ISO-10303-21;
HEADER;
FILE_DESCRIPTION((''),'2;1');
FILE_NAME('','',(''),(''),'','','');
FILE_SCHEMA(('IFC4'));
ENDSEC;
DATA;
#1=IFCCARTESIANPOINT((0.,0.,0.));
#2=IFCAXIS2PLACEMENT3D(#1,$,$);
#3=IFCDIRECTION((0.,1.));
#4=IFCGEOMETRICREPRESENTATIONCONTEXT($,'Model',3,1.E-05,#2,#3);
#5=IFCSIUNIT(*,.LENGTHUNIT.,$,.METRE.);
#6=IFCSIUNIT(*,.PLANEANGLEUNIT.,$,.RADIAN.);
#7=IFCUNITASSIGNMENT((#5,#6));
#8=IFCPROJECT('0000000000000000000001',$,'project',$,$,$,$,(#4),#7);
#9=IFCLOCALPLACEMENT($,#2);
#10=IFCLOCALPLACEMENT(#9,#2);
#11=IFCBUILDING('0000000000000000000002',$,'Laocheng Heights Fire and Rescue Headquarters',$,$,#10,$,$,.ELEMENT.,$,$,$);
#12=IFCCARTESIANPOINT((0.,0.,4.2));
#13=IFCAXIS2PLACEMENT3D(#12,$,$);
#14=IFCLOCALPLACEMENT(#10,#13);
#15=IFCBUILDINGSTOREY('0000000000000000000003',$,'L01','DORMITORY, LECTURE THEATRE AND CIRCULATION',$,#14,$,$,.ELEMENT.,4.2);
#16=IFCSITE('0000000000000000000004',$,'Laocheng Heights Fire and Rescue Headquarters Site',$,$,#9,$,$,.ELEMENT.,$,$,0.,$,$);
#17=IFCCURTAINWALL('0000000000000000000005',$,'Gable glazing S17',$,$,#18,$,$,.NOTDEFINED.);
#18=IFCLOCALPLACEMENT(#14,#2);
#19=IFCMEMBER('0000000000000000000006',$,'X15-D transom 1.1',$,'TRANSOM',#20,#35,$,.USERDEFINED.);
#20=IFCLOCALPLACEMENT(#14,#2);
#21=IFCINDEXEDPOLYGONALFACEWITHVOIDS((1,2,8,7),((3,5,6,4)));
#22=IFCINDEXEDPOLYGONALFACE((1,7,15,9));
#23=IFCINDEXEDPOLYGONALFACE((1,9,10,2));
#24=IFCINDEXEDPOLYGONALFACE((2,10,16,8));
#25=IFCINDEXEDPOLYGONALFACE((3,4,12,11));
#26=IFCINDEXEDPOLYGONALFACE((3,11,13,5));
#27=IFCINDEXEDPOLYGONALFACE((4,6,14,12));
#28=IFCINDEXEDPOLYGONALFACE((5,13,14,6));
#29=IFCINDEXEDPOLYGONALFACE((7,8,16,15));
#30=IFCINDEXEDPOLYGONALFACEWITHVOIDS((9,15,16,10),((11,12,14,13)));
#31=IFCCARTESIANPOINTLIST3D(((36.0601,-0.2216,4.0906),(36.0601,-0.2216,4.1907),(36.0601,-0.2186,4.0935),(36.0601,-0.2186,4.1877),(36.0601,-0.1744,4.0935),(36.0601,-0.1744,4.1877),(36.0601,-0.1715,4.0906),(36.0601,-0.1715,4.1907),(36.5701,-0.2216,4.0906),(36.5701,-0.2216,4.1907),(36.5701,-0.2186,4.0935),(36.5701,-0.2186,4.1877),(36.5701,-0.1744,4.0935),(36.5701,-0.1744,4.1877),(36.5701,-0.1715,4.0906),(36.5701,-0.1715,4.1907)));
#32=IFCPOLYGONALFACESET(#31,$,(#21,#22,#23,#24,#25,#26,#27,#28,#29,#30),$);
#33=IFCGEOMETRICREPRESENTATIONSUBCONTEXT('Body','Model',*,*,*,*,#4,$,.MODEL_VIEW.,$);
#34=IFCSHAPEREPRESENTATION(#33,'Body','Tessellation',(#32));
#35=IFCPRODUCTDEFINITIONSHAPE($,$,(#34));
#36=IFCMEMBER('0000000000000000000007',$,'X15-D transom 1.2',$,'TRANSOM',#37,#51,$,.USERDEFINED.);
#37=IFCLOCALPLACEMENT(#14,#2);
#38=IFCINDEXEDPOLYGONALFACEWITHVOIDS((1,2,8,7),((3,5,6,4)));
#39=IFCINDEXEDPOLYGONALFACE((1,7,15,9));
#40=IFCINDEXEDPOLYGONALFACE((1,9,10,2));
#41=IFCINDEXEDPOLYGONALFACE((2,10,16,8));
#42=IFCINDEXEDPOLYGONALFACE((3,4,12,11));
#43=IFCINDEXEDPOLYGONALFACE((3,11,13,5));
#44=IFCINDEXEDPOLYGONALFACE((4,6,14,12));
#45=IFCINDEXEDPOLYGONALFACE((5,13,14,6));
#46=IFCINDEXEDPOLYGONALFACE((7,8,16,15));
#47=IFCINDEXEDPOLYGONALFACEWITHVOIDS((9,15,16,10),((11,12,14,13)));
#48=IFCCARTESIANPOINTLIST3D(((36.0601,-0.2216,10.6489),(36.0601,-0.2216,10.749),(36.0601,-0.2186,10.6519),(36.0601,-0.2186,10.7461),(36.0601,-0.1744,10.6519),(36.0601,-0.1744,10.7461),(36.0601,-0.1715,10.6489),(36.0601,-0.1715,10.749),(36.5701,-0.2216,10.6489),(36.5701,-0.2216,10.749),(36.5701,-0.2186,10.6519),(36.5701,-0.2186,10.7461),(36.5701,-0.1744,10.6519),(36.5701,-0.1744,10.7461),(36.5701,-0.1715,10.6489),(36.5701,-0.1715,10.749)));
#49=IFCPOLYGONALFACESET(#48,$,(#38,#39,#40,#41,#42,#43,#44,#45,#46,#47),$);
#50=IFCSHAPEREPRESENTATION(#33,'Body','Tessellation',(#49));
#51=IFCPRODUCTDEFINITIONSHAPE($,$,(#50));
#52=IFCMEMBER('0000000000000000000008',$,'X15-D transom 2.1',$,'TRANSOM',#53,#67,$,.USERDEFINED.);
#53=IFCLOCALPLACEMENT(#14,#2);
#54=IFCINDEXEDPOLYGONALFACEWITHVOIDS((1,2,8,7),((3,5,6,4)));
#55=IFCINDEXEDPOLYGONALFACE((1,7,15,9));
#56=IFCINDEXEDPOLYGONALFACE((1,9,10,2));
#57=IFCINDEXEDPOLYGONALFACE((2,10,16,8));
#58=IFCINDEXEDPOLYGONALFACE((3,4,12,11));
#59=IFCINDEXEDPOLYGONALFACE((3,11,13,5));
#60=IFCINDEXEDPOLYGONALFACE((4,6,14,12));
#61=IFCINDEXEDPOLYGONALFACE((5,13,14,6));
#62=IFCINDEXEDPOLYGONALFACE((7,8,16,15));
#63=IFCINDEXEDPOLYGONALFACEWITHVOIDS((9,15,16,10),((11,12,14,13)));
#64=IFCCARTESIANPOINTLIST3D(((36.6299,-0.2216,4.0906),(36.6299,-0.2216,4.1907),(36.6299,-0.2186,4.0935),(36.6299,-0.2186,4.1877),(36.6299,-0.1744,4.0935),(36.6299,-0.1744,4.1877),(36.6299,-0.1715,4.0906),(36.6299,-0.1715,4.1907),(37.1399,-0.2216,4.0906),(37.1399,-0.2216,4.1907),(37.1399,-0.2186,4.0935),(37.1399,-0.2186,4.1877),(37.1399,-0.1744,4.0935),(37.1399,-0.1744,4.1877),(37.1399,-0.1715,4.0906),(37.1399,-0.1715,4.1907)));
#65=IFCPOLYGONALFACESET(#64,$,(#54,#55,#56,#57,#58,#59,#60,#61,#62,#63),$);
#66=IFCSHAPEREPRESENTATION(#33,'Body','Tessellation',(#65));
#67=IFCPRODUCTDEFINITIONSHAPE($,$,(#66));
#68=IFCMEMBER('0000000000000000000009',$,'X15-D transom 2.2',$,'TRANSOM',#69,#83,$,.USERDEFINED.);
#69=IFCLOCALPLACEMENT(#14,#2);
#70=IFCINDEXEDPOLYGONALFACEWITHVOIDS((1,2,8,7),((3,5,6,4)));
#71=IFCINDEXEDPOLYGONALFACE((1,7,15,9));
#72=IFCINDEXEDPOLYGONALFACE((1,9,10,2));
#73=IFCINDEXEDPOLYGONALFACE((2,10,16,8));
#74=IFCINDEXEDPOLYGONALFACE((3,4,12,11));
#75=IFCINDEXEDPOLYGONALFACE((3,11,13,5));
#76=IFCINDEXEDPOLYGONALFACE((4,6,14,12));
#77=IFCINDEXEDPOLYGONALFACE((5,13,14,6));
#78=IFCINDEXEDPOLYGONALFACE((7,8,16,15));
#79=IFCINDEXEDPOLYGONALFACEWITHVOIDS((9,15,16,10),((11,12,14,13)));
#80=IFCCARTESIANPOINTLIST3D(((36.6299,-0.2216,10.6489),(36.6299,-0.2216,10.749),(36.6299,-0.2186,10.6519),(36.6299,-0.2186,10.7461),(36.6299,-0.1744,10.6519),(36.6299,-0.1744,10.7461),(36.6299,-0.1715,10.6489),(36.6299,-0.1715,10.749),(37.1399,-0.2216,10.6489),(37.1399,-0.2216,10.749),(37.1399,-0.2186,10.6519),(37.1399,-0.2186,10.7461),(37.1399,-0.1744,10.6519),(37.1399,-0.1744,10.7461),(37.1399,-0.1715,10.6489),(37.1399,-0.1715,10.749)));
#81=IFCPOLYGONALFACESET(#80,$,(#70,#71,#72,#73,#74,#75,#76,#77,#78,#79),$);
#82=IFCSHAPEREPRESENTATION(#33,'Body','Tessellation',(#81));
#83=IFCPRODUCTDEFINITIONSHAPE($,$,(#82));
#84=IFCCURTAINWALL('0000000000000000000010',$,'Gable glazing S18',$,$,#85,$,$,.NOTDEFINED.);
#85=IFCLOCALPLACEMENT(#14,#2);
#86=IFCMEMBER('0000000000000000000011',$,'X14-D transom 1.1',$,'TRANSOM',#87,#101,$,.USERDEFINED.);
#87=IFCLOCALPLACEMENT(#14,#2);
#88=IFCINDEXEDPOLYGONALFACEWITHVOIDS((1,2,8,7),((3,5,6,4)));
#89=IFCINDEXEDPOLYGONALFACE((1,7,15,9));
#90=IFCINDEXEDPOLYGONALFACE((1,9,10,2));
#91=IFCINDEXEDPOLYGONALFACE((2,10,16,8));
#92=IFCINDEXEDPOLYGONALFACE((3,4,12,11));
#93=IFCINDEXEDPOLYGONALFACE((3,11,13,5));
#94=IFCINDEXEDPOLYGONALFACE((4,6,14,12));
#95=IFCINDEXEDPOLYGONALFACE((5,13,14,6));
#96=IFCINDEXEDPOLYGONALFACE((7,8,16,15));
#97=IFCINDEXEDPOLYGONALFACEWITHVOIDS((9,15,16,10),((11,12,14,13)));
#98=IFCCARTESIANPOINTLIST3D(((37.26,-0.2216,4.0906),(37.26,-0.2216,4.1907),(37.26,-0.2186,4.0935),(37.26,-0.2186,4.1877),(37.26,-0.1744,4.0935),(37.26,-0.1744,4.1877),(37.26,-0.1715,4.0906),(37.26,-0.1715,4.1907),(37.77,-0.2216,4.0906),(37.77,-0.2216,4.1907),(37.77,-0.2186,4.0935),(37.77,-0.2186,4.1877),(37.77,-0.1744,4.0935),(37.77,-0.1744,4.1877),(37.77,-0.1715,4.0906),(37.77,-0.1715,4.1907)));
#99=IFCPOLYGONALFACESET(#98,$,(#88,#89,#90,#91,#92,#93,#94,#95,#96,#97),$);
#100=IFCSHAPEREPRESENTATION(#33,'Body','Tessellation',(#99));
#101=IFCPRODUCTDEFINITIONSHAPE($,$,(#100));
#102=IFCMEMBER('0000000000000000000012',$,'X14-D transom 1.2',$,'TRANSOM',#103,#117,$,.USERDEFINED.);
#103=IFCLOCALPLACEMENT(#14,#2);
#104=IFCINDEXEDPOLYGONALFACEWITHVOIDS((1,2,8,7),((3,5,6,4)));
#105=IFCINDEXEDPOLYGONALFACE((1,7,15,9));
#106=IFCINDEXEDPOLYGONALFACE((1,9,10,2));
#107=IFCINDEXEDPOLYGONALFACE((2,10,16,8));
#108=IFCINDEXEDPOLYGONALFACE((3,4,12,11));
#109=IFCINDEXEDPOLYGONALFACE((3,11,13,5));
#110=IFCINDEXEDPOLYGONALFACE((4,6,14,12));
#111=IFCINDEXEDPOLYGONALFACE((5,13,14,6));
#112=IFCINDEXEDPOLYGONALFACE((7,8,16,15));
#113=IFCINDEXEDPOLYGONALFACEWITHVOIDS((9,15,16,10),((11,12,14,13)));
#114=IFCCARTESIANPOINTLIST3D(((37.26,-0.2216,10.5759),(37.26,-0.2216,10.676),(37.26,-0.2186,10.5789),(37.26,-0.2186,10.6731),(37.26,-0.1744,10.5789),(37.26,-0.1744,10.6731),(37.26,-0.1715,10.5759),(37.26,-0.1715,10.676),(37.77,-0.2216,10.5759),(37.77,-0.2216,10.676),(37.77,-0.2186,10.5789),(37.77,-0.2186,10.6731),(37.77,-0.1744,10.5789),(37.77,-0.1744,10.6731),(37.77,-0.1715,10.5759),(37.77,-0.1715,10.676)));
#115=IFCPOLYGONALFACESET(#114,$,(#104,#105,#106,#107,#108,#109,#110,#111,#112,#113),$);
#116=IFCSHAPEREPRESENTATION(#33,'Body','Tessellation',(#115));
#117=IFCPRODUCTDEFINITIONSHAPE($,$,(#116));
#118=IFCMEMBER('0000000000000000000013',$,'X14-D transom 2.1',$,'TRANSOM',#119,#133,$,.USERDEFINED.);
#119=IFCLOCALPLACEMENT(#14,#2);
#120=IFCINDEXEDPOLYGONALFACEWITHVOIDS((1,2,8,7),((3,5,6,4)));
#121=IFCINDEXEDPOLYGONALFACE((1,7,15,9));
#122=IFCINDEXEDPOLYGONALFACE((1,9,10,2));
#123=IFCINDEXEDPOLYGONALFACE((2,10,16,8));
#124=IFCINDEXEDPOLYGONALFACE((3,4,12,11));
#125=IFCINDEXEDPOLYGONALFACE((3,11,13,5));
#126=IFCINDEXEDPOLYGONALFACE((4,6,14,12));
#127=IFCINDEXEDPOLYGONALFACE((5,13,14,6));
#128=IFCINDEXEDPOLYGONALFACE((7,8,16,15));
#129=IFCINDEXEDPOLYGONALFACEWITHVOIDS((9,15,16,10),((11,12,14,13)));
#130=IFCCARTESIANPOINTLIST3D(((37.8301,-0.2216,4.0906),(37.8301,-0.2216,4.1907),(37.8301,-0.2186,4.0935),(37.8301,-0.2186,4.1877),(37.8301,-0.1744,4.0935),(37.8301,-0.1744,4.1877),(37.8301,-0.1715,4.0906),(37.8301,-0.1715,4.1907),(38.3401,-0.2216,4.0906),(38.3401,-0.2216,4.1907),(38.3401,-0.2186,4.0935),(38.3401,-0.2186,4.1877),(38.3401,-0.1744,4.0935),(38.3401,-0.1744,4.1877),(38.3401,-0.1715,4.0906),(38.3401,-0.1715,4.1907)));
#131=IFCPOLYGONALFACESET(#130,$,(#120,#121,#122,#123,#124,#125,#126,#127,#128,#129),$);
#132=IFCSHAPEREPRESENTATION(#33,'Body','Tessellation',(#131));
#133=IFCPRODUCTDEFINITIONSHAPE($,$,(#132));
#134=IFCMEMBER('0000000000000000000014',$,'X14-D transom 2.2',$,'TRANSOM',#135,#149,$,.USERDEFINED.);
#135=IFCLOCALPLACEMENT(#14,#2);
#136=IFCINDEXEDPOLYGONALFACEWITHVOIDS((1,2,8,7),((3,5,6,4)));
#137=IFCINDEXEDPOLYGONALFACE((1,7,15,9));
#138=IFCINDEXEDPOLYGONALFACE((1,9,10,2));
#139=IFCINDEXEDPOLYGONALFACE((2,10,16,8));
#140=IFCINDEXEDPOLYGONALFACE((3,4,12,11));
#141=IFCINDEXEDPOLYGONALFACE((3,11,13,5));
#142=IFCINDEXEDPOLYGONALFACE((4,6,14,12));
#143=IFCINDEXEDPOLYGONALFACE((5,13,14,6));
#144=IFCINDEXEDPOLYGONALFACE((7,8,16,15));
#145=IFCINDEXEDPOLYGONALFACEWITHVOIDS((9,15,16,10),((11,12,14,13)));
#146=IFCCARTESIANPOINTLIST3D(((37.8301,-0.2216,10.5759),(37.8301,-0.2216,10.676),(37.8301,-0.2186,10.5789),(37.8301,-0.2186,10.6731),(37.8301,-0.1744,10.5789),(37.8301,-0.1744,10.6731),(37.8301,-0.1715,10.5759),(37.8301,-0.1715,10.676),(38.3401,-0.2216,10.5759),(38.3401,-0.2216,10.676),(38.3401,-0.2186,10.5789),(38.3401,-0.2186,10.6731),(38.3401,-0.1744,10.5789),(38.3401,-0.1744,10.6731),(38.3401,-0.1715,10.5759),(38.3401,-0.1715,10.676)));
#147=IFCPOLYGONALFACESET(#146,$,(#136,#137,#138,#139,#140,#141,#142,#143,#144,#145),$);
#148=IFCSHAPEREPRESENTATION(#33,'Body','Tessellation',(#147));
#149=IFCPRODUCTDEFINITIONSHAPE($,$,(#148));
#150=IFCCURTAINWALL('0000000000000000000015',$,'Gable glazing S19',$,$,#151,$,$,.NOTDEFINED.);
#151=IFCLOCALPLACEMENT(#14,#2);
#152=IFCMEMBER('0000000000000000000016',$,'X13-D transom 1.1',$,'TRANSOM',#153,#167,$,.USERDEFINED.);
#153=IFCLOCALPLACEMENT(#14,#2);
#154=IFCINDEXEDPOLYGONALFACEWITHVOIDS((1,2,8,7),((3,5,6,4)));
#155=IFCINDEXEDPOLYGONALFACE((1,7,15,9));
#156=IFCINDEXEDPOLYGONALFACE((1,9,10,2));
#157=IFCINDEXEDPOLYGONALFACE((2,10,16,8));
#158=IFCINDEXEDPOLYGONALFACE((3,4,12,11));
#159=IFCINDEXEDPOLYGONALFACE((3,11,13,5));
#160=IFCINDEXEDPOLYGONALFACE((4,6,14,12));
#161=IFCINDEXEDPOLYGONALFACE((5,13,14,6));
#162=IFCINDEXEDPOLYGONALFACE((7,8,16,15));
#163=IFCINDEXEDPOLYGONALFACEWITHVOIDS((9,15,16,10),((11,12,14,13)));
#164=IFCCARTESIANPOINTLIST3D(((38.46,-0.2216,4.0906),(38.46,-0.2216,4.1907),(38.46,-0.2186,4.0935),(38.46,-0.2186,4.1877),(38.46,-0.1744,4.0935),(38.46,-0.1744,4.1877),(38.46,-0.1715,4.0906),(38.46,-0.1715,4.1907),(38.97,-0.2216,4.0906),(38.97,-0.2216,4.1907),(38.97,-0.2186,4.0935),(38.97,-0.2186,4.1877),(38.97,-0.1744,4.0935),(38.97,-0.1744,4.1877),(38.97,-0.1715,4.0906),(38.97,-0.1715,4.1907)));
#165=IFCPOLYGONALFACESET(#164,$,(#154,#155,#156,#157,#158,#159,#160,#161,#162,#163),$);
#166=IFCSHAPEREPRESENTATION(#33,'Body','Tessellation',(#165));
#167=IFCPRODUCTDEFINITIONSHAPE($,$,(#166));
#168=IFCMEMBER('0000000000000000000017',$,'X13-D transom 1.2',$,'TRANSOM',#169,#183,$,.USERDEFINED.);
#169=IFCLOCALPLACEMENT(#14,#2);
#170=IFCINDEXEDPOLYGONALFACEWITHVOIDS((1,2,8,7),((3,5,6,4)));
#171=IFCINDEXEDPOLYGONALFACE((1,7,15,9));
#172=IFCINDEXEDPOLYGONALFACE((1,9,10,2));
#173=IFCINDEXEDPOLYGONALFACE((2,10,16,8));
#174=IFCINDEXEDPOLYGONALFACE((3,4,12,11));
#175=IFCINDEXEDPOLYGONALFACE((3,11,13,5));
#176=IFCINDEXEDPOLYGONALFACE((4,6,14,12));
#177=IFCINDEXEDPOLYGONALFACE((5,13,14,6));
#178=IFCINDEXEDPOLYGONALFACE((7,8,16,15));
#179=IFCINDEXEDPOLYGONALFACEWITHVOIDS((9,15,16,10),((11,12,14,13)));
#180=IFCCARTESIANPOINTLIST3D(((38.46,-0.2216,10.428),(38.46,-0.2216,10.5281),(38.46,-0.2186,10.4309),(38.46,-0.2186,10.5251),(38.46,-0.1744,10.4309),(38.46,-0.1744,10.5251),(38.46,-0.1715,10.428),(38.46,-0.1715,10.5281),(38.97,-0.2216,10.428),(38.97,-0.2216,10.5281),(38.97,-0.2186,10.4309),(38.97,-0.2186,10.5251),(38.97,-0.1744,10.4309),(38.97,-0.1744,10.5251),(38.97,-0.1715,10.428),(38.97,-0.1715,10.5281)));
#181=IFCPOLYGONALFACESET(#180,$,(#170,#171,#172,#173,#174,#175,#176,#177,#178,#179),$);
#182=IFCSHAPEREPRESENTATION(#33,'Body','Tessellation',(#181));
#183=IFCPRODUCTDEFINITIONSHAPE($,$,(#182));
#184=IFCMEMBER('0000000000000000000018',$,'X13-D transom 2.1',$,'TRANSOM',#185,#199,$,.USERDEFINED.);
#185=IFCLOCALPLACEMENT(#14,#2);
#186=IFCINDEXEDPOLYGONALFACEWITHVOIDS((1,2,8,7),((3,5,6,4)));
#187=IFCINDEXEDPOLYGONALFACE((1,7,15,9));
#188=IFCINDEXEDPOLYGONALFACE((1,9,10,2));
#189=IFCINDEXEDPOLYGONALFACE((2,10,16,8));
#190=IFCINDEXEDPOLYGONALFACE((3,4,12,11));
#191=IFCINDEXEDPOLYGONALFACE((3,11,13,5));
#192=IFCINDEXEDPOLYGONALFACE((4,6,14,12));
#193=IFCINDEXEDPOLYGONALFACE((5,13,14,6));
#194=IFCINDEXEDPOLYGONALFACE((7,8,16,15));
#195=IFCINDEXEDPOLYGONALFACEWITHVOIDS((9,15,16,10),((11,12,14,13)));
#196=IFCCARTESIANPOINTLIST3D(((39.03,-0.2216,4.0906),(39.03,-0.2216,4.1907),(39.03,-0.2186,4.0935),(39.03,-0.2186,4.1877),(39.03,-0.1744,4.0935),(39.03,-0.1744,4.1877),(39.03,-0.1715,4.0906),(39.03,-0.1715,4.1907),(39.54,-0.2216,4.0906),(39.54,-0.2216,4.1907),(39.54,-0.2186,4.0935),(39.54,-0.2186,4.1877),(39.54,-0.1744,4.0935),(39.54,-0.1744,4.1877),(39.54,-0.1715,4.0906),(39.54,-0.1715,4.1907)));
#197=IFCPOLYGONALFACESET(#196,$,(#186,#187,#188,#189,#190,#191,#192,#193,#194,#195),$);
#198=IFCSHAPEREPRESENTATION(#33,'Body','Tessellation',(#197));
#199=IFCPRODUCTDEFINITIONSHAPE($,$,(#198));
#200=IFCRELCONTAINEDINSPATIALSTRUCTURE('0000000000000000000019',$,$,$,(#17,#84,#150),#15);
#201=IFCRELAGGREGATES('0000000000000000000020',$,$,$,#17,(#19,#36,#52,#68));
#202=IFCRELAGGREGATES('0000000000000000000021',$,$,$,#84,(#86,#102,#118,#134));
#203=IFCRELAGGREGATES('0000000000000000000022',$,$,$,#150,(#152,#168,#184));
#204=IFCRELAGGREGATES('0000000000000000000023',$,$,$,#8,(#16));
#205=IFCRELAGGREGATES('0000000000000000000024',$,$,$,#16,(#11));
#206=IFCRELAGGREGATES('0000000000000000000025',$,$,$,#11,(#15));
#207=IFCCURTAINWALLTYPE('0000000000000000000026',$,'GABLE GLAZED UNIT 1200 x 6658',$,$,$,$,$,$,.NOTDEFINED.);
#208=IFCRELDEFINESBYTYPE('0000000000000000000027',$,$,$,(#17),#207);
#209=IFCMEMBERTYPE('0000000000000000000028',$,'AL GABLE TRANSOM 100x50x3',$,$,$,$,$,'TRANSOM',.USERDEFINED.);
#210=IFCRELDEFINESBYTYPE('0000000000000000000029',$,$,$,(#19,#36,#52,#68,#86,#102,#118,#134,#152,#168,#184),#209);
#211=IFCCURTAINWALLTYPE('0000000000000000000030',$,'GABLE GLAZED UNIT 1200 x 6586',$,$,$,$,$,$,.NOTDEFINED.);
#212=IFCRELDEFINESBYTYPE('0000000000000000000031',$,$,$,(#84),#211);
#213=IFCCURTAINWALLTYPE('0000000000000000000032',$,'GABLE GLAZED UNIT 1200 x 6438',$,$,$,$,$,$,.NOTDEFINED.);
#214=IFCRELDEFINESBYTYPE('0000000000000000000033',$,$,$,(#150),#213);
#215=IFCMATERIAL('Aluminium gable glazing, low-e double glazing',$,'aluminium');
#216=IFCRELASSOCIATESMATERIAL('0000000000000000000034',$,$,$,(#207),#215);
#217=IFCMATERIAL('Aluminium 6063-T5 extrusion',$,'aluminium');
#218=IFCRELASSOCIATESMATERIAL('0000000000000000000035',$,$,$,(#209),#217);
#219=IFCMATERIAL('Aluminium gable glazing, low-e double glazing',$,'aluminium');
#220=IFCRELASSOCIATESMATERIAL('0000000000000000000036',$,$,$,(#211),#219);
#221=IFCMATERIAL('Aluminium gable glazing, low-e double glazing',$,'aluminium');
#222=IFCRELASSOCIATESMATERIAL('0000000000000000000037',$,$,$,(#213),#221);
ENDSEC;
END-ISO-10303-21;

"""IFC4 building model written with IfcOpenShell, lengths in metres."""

from ifc_helpers import new_model, si_unit, direction, frame, origin, origin_2d, place, context, subcontext, project, spatial, hollow_rectangle, extrude, material, material_profile, profile_set, type_object, element, aggregate, save


model = new_model("IFC4")

# Units and contexts
model_context = context("Model", 3, precision=1e-05, world=origin(), true_north=direction((0.0, 1.0)))
body_context = subcontext(model_context, "Body", "Model", "MODEL_VIEW")
ifc_project = project(units=[si_unit("LENGTHUNIT", "METRE"), si_unit("PLANEANGLEUNIT", "RADIAN")], contexts=[model_context])

# Site, building, storey
site_placement = place(None, origin())
site = spatial("IfcSite", under=ifc_project, at=site_placement, Name="Laocheng Heights Fire and Rescue Headquarters Site", CompositionType="ELEMENT", RefElevation=0.0)
building_placement = place(site_placement, origin())
building = spatial("IfcBuilding", under=site, at=building_placement, Name="Laocheng Heights Fire and Rescue Headquarters", CompositionType="ELEMENT")
storey_placement = place(building_placement, frame((0.0, 0.0, 4.2)))
storey = spatial("IfcBuildingStorey", under=building, at=storey_placement, Name="L01", Description="DORMITORY, LECTURE THEATRE AND CIRCULATION", CompositionType="ELEMENT", Elevation=4.2)

# Curtain walls, members
ifc_material_1 = material(Name="Aluminium gable glazing, low-e double glazing", Category="aluminium")
curtain_wall_type_1 = type_object("IfcCurtainWallType", Name="GABLE GLAZED UNIT 1200 x 6658", PredefinedType="NOTDEFINED", material=ifc_material_1)
curtain_wall_1_placement = place(storey_placement, origin())
curtain_wall_1 = element("IfcCurtainWall", 1, at=curtain_wall_1_placement, inside=storey, type_object=curtain_wall_type_1, Name="Gable glazing S17", PredefinedType="NOTDEFINED")
ifc_material_2 = material(Name="Aluminium 6063-T5 extrusion", Category="aluminium")
ifc_material_profile = material_profile(ifc_material_2, hollow_rectangle(XDim=0.05, YDim=0.1001, WallThickness=0.0029, at=origin_2d()), Name="AL TRANSOM 100x50x3")
ifc_profile_set = profile_set([ifc_material_profile], Name="Aluminium 6063-T5 extrusion")
member_type = type_object("IfcMemberType", Name="AL GABLE TRANSOM 100x50x3", ElementType="TRANSOM", PredefinedType="USERDEFINED", material=ifc_profile_set)
member_1_placement = place(storey_placement, frame((36.0601, -0.1965, 4.1406), z_axis=(1.0, 0.0, 0.0), x_axis=(0.0, 1.0, 0.0)))
member_1 = element("IfcMember", 2, at=member_1_placement, type_object=member_type, Name="X15-D transom 1.1", ObjectType="TRANSOM", PredefinedType="USERDEFINED", context=body_context, shape_type="SweptSolid", body=[
    extrude(hollow_rectangle(XDim=0.05, YDim=0.1001, WallThickness=0.0029, at=origin_2d()), origin(), (0.0, 0.0, 1.0), 0.51),
])
member_2_placement = place(storey_placement, frame((36.0601, -0.1965, 10.699), z_axis=(1.0, 0.0, 0.0), x_axis=(0.0, 1.0, 0.0)))
member_2 = element("IfcMember", 3, at=member_2_placement, type_object=member_type, Name="X15-D transom 1.2", ObjectType="TRANSOM", PredefinedType="USERDEFINED", context=body_context, shape_type="SweptSolid", body=[
    extrude(hollow_rectangle(XDim=0.05, YDim=0.1001, WallThickness=0.0029, at=origin_2d()), origin(), (0.0, 0.0, 1.0), 0.51),
])
member_3_placement = place(storey_placement, frame((36.6299, -0.1965, 4.1406), z_axis=(1.0, 0.0, 0.0), x_axis=(0.0, 1.0, 0.0)))
member_3 = element("IfcMember", 4, at=member_3_placement, type_object=member_type, Name="X15-D transom 2.1", ObjectType="TRANSOM", PredefinedType="USERDEFINED", context=body_context, shape_type="SweptSolid", body=[
    extrude(hollow_rectangle(XDim=0.05, YDim=0.1001, WallThickness=0.0029, at=origin_2d()), origin(), (0.0, 0.0, 1.0), 0.51),
])
member_4_placement = place(storey_placement, frame((36.6299, -0.1965, 10.699), z_axis=(1.0, 0.0, 0.0), x_axis=(0.0, 1.0, 0.0)))
member_4 = element("IfcMember", 5, at=member_4_placement, type_object=member_type, Name="X15-D transom 2.2", ObjectType="TRANSOM", PredefinedType="USERDEFINED", context=body_context, shape_type="SweptSolid", body=[
    extrude(hollow_rectangle(XDim=0.05, YDim=0.1001, WallThickness=0.0029, at=origin_2d()), origin(), (0.0, 0.0, 1.0), 0.51),
])
ifc_material_3 = material(Name="Aluminium gable glazing, low-e double glazing", Category="aluminium")
curtain_wall_type_2 = type_object("IfcCurtainWallType", Name="GABLE GLAZED UNIT 1200 x 6586", PredefinedType="NOTDEFINED", material=ifc_material_3)
curtain_wall_2_placement = place(storey_placement, origin())
curtain_wall_2 = element("IfcCurtainWall", 6, at=curtain_wall_2_placement, inside=storey, type_object=curtain_wall_type_2, Name="Gable glazing S18", PredefinedType="NOTDEFINED")
member_5_placement = place(storey_placement, frame((37.26, -0.1965, 4.1406), z_axis=(1.0, 0.0, 0.0), x_axis=(0.0, 1.0, 0.0)))
member_5 = element("IfcMember", 7, at=member_5_placement, type_object=member_type, Name="X14-D transom 1.1", ObjectType="TRANSOM", PredefinedType="USERDEFINED", context=body_context, shape_type="SweptSolid", body=[
    extrude(hollow_rectangle(XDim=0.05, YDim=0.1001, WallThickness=0.0029, at=origin_2d()), origin(), (0.0, 0.0, 1.0), 0.51),
])
member_6_placement = place(storey_placement, frame((37.26, -0.1965, 10.626), z_axis=(1.0, 0.0, 0.0), x_axis=(0.0, 1.0, 0.0)))
member_6 = element("IfcMember", 8, at=member_6_placement, type_object=member_type, Name="X14-D transom 1.2", ObjectType="TRANSOM", PredefinedType="USERDEFINED", context=body_context, shape_type="SweptSolid", body=[
    extrude(hollow_rectangle(XDim=0.05, YDim=0.1001, WallThickness=0.0029, at=origin_2d()), origin(), (0.0, 0.0, 1.0), 0.51),
])
member_7_placement = place(storey_placement, frame((37.8301, -0.1965, 4.1406), z_axis=(1.0, 0.0, 0.0), x_axis=(0.0, 1.0, 0.0)))
member_7 = element("IfcMember", 9, at=member_7_placement, type_object=member_type, Name="X14-D transom 2.1", ObjectType="TRANSOM", PredefinedType="USERDEFINED", context=body_context, shape_type="SweptSolid", body=[
    extrude(hollow_rectangle(XDim=0.05, YDim=0.1001, WallThickness=0.0029, at=origin_2d()), origin(), (0.0, 0.0, 1.0), 0.51),
])
member_8_placement = place(storey_placement, frame((37.8301, -0.1965, 10.626), z_axis=(1.0, 0.0, 0.0), x_axis=(0.0, 1.0, 0.0)))
member_8 = element("IfcMember", 10, at=member_8_placement, type_object=member_type, Name="X14-D transom 2.2", ObjectType="TRANSOM", PredefinedType="USERDEFINED", context=body_context, shape_type="SweptSolid", body=[
    extrude(hollow_rectangle(XDim=0.05, YDim=0.1001, WallThickness=0.0029, at=origin_2d()), origin(), (0.0, 0.0, 1.0), 0.51),
])
ifc_material_4 = material(Name="Aluminium gable glazing, low-e double glazing", Category="aluminium")
curtain_wall_type_3 = type_object("IfcCurtainWallType", Name="GABLE GLAZED UNIT 1200 x 6438", PredefinedType="NOTDEFINED", material=ifc_material_4)
curtain_wall_3_placement = place(storey_placement, origin())
curtain_wall_3 = element("IfcCurtainWall", 11, at=curtain_wall_3_placement, inside=storey, type_object=curtain_wall_type_3, Name="Gable glazing S19", PredefinedType="NOTDEFINED")
member_9_placement = place(storey_placement, frame((38.46, -0.1965, 4.1406), z_axis=(1.0, 0.0, 0.0), x_axis=(0.0, 1.0, 0.0)))
member_9 = element("IfcMember", 12, at=member_9_placement, type_object=member_type, Name="X13-D transom 1.1", ObjectType="TRANSOM", PredefinedType="USERDEFINED", context=body_context, shape_type="SweptSolid", body=[
    extrude(hollow_rectangle(XDim=0.05, YDim=0.1001, WallThickness=0.0029, at=origin_2d()), origin(), (0.0, 0.0, 1.0), 0.51),
])
member_10_placement = place(storey_placement, frame((38.46, -0.1965, 10.478), z_axis=(1.0, 0.0, 0.0), x_axis=(0.0, 1.0, 0.0)))
member_10 = element("IfcMember", 13, at=member_10_placement, type_object=member_type, Name="X13-D transom 1.2", ObjectType="TRANSOM", PredefinedType="USERDEFINED", context=body_context, shape_type="SweptSolid", body=[
    extrude(hollow_rectangle(XDim=0.05, YDim=0.1001, WallThickness=0.0029, at=origin_2d()), origin(), (0.0, 0.0, 1.0), 0.51),
])
member_11_placement = place(storey_placement, frame((39.03, -0.1965, 4.1406), z_axis=(1.0, 0.0, 0.0), x_axis=(0.0, 1.0, 0.0)))
member_11 = element("IfcMember", 14, at=member_11_placement, type_object=member_type, Name="X13-D transom 2.1", ObjectType="TRANSOM", PredefinedType="USERDEFINED", context=body_context, shape_type="SweptSolid", body=[
    extrude(hollow_rectangle(XDim=0.05, YDim=0.1001, WallThickness=0.0029, at=origin_2d()), origin(), (0.0, 0.0, 1.0), 0.51),
])

aggregate(curtain_wall_1, [member_1, member_2, member_3, member_4])
aggregate(curtain_wall_2, [member_5, member_6, member_7, member_8])
aggregate(curtain_wall_3, [member_9, member_10, member_11])

save(model, "model.ifc")
